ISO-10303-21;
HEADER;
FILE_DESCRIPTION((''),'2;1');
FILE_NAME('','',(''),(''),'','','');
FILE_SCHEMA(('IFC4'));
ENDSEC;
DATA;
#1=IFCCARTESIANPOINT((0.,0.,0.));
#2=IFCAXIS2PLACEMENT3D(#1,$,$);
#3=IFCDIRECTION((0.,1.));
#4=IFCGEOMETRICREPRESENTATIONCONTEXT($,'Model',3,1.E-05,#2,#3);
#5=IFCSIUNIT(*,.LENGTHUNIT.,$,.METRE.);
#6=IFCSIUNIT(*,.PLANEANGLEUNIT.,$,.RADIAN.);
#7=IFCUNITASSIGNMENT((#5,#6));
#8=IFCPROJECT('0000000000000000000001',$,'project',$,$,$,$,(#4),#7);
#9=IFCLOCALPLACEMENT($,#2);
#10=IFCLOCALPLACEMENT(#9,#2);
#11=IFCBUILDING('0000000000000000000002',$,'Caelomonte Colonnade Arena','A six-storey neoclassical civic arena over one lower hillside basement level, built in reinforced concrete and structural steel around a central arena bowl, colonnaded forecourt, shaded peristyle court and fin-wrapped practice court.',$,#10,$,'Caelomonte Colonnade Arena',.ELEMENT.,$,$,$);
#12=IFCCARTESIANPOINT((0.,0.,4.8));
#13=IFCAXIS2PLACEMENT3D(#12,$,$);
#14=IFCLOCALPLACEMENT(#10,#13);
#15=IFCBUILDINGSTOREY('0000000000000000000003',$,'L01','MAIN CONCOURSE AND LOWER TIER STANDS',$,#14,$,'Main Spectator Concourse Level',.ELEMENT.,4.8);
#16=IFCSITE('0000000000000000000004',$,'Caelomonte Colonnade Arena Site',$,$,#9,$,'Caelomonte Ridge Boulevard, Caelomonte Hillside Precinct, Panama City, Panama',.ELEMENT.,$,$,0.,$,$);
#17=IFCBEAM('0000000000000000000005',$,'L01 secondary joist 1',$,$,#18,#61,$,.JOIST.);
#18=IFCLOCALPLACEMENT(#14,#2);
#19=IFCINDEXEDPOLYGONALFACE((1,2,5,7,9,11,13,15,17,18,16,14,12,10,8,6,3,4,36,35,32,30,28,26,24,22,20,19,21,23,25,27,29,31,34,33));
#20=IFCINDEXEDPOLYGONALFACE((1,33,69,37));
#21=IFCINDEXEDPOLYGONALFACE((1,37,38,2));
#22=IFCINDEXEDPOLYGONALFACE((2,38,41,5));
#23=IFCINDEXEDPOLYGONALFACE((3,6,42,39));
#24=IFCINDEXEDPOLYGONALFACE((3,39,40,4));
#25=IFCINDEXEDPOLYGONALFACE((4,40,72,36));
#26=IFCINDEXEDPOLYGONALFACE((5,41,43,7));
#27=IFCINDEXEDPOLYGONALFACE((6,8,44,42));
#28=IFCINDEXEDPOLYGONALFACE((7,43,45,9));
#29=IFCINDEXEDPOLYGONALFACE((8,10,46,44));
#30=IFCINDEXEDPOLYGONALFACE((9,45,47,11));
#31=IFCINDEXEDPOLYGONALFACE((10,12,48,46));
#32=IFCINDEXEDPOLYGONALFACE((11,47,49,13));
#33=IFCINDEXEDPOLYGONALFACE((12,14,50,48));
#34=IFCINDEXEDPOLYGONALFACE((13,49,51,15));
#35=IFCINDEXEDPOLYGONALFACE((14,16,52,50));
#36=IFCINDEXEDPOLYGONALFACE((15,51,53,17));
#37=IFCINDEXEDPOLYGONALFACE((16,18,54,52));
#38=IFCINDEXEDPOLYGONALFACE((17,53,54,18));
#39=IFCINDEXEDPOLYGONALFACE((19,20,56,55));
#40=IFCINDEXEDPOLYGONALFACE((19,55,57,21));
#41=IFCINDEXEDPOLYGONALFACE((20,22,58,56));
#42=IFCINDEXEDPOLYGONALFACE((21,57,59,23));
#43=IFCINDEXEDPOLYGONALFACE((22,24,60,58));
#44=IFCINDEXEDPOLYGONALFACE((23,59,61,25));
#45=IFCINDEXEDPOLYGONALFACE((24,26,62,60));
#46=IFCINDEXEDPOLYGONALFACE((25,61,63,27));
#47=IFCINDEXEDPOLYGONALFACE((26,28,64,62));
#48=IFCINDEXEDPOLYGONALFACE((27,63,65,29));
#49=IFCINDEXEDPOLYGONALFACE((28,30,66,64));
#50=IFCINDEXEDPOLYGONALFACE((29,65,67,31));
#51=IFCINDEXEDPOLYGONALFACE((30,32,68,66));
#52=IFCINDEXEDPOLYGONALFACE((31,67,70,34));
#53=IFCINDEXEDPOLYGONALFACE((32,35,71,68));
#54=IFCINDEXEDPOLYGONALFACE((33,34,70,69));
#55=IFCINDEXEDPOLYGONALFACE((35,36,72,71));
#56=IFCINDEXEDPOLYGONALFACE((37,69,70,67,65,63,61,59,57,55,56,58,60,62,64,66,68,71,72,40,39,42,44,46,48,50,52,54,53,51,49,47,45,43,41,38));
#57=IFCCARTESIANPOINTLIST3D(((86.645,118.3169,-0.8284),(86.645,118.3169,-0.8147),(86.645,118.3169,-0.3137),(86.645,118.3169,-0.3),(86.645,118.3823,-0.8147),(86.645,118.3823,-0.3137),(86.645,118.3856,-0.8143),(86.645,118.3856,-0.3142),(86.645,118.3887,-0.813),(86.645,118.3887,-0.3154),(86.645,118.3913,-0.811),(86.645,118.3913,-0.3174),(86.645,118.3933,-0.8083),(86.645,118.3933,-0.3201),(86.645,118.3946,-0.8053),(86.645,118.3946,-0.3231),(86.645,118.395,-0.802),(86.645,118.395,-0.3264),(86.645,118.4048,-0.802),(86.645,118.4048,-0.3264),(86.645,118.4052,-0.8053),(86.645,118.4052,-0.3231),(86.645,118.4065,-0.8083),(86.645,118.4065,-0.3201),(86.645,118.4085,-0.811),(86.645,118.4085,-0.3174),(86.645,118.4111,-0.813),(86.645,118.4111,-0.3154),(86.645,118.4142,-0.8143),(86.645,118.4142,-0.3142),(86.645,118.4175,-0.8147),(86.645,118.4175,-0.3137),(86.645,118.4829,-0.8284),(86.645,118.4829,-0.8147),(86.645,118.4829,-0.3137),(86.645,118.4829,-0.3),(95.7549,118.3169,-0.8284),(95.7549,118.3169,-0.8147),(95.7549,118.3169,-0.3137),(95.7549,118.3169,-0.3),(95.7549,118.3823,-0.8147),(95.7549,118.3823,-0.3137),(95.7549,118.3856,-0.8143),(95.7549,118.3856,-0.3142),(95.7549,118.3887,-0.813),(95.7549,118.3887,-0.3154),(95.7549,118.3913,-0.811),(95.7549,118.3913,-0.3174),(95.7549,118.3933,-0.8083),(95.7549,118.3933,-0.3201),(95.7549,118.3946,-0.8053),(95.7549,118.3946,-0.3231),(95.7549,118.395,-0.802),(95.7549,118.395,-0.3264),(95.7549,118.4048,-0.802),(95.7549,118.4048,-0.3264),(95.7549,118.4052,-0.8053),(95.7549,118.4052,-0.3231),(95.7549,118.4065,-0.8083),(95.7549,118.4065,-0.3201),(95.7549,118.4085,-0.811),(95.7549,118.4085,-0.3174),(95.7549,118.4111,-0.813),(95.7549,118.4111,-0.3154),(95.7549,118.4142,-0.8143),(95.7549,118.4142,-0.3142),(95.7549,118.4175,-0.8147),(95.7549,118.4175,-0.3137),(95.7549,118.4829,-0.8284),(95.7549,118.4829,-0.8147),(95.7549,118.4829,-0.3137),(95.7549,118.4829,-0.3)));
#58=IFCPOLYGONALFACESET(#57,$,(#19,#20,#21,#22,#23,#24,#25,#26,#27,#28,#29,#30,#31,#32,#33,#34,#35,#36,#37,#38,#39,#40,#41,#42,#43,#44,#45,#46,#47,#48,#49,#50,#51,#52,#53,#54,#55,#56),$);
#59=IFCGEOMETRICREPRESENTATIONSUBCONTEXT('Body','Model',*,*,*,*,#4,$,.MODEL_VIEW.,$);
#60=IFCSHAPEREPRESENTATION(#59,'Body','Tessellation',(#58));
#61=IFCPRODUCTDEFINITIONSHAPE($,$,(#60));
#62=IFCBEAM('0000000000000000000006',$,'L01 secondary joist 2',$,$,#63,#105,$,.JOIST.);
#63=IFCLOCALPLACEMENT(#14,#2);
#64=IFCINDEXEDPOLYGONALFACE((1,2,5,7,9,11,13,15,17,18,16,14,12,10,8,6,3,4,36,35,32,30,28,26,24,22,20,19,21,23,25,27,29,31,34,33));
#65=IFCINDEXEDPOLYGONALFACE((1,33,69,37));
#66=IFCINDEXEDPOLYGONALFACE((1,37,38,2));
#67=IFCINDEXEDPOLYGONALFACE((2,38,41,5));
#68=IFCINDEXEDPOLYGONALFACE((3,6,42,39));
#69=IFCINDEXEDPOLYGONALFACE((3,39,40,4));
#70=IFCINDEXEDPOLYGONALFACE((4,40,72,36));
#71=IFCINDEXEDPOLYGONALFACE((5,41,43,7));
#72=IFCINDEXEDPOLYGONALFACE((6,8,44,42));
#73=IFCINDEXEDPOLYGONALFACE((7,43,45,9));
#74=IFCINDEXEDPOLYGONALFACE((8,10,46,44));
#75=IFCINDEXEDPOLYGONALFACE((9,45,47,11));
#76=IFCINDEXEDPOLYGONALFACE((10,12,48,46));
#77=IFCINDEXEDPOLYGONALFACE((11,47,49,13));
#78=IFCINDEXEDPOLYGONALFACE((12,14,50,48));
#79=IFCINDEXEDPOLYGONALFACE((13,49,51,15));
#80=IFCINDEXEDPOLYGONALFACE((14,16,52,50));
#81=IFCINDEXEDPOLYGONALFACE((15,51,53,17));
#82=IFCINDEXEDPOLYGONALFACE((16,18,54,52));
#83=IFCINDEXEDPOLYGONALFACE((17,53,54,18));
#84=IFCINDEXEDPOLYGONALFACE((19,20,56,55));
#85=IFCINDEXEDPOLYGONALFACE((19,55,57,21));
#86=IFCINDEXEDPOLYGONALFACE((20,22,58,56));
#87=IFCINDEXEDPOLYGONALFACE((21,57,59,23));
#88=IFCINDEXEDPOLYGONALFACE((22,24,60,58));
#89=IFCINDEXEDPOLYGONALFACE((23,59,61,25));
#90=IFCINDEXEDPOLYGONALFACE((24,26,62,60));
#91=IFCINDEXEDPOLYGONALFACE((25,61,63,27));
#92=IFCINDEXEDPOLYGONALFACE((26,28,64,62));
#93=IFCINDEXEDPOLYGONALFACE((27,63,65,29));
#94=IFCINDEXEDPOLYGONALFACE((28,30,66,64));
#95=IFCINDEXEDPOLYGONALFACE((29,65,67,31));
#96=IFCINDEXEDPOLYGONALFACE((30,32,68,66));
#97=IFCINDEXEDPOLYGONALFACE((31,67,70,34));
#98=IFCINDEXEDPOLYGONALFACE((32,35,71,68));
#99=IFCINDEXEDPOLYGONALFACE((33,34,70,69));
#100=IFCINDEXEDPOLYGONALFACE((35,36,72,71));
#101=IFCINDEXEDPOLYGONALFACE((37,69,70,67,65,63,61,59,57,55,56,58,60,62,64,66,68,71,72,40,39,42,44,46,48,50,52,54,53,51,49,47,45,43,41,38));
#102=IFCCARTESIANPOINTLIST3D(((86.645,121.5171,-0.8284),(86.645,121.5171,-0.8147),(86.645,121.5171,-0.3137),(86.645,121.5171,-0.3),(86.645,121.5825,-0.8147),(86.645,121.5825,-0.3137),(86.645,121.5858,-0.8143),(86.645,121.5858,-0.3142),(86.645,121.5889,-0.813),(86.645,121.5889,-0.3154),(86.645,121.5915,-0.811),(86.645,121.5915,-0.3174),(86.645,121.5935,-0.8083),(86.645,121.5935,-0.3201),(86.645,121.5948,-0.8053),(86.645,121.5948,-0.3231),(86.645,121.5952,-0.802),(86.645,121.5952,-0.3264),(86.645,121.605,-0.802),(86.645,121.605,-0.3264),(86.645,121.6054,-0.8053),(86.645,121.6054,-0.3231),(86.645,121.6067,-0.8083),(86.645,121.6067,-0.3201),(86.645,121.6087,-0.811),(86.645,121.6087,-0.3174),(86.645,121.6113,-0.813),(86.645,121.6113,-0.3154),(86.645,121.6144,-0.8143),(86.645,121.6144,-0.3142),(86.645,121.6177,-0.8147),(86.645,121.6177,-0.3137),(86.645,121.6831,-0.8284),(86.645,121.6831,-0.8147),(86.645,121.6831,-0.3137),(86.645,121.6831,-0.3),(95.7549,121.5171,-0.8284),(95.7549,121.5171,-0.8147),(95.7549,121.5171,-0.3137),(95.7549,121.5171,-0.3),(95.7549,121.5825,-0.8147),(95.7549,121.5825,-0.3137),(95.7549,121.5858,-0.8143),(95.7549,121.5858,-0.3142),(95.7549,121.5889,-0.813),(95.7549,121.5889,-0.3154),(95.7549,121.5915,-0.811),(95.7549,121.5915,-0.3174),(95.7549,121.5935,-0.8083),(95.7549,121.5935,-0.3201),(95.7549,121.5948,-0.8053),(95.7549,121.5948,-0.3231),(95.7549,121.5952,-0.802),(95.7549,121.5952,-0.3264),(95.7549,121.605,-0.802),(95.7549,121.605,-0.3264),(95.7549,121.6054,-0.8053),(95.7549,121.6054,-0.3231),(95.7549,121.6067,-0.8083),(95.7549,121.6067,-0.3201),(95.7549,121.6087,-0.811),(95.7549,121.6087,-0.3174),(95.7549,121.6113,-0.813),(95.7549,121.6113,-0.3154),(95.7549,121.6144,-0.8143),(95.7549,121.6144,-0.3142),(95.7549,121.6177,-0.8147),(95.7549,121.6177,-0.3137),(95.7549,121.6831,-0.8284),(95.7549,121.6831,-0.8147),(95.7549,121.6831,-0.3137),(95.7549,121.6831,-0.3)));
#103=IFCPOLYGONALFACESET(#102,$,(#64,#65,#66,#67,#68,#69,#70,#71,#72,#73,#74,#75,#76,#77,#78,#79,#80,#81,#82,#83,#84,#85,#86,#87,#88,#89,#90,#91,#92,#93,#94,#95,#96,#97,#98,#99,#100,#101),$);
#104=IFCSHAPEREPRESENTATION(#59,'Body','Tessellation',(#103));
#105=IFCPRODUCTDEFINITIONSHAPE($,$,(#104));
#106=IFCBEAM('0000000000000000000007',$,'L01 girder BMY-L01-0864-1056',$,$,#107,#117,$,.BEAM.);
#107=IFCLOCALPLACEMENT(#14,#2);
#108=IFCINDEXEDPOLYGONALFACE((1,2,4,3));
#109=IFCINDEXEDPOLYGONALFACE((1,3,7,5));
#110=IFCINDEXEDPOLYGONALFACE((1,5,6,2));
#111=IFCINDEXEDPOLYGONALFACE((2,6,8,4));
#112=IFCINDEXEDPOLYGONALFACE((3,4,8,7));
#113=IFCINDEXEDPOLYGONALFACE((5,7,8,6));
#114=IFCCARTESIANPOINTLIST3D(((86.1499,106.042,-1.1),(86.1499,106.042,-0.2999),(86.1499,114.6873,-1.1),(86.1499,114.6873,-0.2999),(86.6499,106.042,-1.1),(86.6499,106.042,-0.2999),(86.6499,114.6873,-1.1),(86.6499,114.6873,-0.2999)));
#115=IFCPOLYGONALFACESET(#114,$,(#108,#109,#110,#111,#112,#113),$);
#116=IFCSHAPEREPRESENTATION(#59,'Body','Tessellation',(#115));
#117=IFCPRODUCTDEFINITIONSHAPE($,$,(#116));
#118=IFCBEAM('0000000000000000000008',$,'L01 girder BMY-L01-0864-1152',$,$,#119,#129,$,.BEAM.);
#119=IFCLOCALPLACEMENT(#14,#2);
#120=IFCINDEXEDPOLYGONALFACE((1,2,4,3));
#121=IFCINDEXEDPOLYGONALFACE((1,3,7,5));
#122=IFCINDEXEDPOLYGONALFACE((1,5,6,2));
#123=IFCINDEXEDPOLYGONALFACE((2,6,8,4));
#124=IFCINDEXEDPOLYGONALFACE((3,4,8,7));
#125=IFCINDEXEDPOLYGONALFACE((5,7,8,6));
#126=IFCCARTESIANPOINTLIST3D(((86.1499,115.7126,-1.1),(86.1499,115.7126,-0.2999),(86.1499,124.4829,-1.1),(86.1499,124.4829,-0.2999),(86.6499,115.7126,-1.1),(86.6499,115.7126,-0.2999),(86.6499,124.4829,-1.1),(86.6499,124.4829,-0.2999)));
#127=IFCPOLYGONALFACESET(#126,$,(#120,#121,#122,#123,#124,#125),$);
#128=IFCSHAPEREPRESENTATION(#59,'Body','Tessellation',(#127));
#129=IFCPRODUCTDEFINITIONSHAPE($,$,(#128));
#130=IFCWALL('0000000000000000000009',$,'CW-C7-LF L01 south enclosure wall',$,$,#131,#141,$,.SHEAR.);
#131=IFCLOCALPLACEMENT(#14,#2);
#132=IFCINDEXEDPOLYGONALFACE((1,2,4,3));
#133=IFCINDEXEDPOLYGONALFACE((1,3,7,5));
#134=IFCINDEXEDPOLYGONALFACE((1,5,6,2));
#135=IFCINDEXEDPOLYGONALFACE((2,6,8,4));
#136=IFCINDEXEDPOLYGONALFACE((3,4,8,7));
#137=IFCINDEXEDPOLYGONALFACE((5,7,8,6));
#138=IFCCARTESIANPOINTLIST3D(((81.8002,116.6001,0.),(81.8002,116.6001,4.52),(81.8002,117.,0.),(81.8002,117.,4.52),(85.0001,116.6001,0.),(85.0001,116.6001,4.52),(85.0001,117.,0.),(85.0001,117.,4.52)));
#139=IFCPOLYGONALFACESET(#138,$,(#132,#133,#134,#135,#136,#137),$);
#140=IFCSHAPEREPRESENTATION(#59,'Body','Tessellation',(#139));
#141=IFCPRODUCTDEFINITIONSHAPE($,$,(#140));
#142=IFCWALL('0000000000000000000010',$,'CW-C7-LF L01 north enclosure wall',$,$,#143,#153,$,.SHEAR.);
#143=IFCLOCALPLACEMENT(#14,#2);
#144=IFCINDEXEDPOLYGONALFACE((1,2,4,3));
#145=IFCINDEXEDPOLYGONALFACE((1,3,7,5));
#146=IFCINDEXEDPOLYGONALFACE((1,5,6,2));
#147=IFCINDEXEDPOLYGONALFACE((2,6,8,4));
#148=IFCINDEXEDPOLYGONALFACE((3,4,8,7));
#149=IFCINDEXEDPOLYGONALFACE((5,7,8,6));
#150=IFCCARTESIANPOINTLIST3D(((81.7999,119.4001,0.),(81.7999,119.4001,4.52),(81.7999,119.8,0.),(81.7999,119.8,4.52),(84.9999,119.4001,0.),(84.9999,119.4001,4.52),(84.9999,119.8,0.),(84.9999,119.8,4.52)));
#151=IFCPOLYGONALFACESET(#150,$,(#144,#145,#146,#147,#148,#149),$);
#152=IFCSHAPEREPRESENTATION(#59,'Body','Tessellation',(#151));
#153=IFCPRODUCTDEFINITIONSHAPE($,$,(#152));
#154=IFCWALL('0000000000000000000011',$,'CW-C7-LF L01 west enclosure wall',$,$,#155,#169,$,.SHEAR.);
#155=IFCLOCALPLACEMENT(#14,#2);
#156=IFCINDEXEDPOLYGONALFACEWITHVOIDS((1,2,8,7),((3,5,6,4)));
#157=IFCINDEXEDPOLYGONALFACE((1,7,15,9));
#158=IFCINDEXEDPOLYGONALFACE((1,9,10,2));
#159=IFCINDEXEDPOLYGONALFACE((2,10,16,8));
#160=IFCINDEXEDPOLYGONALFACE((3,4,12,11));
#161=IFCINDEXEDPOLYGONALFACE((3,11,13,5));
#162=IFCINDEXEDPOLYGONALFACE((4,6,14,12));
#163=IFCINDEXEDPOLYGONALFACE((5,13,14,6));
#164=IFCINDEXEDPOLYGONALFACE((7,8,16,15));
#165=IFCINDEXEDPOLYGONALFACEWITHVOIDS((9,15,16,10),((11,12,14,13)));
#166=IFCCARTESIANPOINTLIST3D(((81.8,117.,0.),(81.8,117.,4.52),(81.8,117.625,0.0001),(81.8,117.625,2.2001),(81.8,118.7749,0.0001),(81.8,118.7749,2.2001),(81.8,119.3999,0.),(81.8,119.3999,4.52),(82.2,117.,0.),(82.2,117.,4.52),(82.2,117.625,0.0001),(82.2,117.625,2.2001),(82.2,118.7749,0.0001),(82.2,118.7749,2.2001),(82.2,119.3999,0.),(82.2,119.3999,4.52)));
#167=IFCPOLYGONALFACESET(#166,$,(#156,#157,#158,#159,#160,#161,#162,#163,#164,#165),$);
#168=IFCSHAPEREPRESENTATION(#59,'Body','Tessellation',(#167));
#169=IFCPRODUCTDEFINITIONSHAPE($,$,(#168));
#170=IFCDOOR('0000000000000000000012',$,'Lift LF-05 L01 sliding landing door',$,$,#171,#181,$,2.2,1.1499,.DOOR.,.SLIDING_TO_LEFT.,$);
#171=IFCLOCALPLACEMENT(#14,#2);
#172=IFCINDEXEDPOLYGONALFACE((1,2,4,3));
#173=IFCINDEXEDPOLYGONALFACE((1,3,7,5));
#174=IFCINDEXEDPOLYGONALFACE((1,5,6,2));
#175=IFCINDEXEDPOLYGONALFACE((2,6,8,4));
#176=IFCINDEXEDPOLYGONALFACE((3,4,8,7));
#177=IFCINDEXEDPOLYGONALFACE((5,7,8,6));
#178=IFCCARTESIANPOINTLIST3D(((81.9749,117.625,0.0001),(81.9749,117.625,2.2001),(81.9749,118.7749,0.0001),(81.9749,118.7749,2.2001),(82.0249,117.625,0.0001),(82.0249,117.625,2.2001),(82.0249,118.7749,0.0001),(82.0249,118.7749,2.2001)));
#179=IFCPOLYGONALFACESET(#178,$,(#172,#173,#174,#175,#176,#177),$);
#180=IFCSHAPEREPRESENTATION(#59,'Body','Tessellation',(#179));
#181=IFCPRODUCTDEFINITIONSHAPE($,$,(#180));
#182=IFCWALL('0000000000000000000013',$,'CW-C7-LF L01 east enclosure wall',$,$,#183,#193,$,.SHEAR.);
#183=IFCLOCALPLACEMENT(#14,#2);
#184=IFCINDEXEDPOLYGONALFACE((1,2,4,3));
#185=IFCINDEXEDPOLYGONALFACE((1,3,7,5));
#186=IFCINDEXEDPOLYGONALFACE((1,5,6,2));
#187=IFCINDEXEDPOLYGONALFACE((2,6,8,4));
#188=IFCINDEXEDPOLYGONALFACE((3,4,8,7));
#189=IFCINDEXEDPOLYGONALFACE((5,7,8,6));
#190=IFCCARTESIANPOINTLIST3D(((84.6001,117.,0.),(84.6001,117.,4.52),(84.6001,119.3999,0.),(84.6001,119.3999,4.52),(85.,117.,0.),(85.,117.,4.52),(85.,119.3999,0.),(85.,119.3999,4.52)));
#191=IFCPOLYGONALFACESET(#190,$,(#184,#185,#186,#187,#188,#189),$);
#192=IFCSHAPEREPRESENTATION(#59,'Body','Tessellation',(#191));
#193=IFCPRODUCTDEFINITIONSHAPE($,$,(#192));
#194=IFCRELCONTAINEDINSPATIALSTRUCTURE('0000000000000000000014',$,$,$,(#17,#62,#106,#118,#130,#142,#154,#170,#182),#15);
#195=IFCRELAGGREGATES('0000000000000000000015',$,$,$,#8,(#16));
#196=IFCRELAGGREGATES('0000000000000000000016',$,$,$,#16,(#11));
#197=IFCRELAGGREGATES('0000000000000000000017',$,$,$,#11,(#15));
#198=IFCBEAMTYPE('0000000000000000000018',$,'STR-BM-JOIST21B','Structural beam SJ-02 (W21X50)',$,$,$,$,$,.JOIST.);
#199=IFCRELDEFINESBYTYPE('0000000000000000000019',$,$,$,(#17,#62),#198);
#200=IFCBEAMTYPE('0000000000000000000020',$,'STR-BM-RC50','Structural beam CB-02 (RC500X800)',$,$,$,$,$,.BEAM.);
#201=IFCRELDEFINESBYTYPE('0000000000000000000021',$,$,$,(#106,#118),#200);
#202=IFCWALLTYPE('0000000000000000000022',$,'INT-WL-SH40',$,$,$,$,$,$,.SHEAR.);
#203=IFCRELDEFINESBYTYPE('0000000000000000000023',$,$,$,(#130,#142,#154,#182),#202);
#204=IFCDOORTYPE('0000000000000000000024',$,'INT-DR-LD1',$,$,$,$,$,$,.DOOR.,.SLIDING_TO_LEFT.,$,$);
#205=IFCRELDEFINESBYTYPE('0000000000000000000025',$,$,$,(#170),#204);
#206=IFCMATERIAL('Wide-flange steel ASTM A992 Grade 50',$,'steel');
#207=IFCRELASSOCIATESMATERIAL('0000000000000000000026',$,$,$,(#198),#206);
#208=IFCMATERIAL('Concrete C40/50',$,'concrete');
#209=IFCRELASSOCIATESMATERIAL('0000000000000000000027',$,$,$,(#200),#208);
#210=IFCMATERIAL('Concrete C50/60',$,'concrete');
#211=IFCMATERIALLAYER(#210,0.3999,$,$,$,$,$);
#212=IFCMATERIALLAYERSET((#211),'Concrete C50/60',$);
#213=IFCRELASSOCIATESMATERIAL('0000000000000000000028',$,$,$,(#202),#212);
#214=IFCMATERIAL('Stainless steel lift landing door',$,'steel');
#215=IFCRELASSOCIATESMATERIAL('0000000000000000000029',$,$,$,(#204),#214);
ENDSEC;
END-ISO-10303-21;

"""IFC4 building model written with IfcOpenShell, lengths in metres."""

from ifc_helpers import new_model, si_unit, direction, frame, frame_2d, origin, origin_2d, place, context, subcontext, project, spatial, rectangle, i_section, extrude, material, layer, layer_set, material_profile, profile_set, type_object, element, fill, save


model = new_model("IFC4")

# Units and contexts
model_context = context("Model", 3, precision=1e-05, world=origin(), true_north=direction((0.0, 1.0)))
body_context = subcontext(model_context, "Body", "Model", "MODEL_VIEW")
ifc_project = project(units=[si_unit("LENGTHUNIT", "METRE"), si_unit("PLANEANGLEUNIT", "RADIAN")], contexts=[model_context])

# Site, building, storey
site_placement = place(None, origin())
site = spatial("IfcSite", under=ifc_project, at=site_placement, Name="Caelomonte Colonnade Arena Site", LongName="Caelomonte Ridge Boulevard, Caelomonte Hillside Precinct, Panama City, Panama", CompositionType="ELEMENT", RefElevation=0.0)
building_placement = place(site_placement, origin())
building = spatial("IfcBuilding", under=site, at=building_placement, Name="Caelomonte Colonnade Arena", Description="A six-storey neoclassical civic arena over one lower hillside basement level, built in reinforced concrete and structural steel around a central arena bowl, colonnaded forecourt, shaded peristyle court and fin-wrapped practice court.", LongName="Caelomonte Colonnade Arena", CompositionType="ELEMENT")
storey_placement = place(building_placement, frame((0.0, 0.0, 4.8)))
storey = spatial("IfcBuildingStorey", under=building, at=storey_placement, Name="L01", Description="MAIN CONCOURSE AND LOWER TIER STANDS", LongName="Main Spectator Concourse Level", CompositionType="ELEMENT", Elevation=4.8)

# Shared definitions
ifc_material_1 = material(Name="Concrete C50/60", Category="concrete")
ifc_material_2 = material(Name="Wide-flange steel ASTM A992 Grade 50", Category="steel")

# Beams
ifc_material_profile_1 = material_profile(ifc_material_2, i_section(OverallWidth=0.166, OverallDepth=0.5283, WebThickness=0.0098, FlangeThickness=0.0137, FilletRadius=0.0127, at=origin_2d()), Name="W21X50")
ifc_profile_set_1 = profile_set([ifc_material_profile_1], Name="Wide-flange steel ASTM A992 Grade 50")
beam_type_1 = type_object("IfcBeamType", Name="STR-BM-JOIST21B", Description="Structural beam SJ-02 (W21X50)", PredefinedType="JOIST", material=ifc_profile_set_1)
for number, where, z_axis, x_axis, name in (
    (1, (86.645, 118.3999, -0.5642), (1.0, 0.0, 0.0), (0.0, 1.0, 0.0), "L01 secondary joist 1"),
    (2, (86.645, 121.6001, -0.5642), (1.0, 0.0, 0.0), (0.0, 1.0, 0.0), "L01 secondary joist 2"),
):
    element("IfcBeam", number, at=place(storey_placement, frame(where, z_axis=z_axis, x_axis=x_axis)), inside=storey, type_object=beam_type_1, Name=name, PredefinedType="JOIST", context=body_context, shape_type="SweptSolid", body=[
        extrude(i_section(OverallWidth=0.166, OverallDepth=0.5283, WebThickness=0.0098, FlangeThickness=0.0137, FilletRadius=0.0127, at=origin_2d()), origin(), (0.0, 0.0, 1.0), 9.1099),
    ])
ifc_material_3 = material(Name="Concrete C40/50", Category="concrete")
ifc_material_profile_2 = material_profile(ifc_material_3, rectangle(XDim=0.5, YDim=0.8, at=origin_2d()), Name="RC500X800")
ifc_profile_set_2 = profile_set([ifc_material_profile_2], Name="Concrete C40/50")
beam_type_2 = type_object("IfcBeamType", Name="STR-BM-RC50", Description="Structural beam CB-02 (RC500X800)", PredefinedType="BEAM", material=ifc_profile_set_2)
beam_1_placement = place(storey_placement, frame((86.3999, 106.042, -0.7), z_axis=(0.0, 1.0, 0.0), x_axis=(-1.0, 0.0, 0.0)))
element("IfcBeam", 3, at=beam_1_placement, inside=storey, type_object=beam_type_2, Name="L01 girder BMY-L01-0864-1056", PredefinedType="BEAM", context=body_context, shape_type="SweptSolid", body=[
    extrude(rectangle(XDim=0.5, YDim=0.8, at=origin_2d()), origin(), (0.0, 0.0, 1.0), 8.6453),
])
beam_2_placement = place(storey_placement, frame((86.3999, 115.7126, -0.7), z_axis=(0.0, 1.0, 0.0), x_axis=(-1.0, 0.0, 0.0)))
element("IfcBeam", 4, at=beam_2_placement, inside=storey, type_object=beam_type_2, Name="L01 girder BMY-L01-0864-1152", PredefinedType="BEAM", context=body_context, shape_type="SweptSolid", body=[
    extrude(rectangle(XDim=0.5, YDim=0.8, at=origin_2d()), origin(), (0.0, 0.0, 1.0), 8.7703),
])

# Walls
ifc_layer = layer(ifc_material_1, 0.3999)
ifc_layer_set = layer_set([ifc_layer], Name="Concrete C50/60")
wall_type = type_object("IfcWallType", Name="INT-WL-SH40", PredefinedType="SHEAR", material=ifc_layer_set)
for number, where, z_axis, x_axis, name in (
    (5, (81.8, 116.8, 0.0), (0.0, 0.0, 1.0), (1.0, 0.0, 0.0), "CW-C7-LF L01 south enclosure wall"),
    (6, (85.0, 119.6001, 0.0), (0.0, 0.0, 1.0), (-1.0, 0.0, 0.0), "CW-C7-LF L01 north enclosure wall"),
):
    element("IfcWall", number, at=place(storey_placement, frame(where, z_axis=z_axis, x_axis=x_axis)), inside=storey, type_object=wall_type, Name=name, PredefinedType="SHEAR", context=body_context, shape_type="SweptSolid", body=[
        extrude(rectangle(XDim=3.2, YDim=0.3999, at=frame_2d((1.6001, 0.0))), origin(), (0.0, 0.0, 1.0), 4.52),
    ])

# Wall, opening, door
wall_1_placement = place(storey_placement, frame((82.0, 119.3999, 0.0), z_axis=(0.0, 0.0, 1.0), x_axis=(0.0, -1.0, 0.0)))
wall_1 = element("IfcWall", 7, at=wall_1_placement, inside=storey, type_object=wall_type, Name="CW-C7-LF L01 west enclosure wall", PredefinedType="SHEAR", context=body_context, shape_type="SweptSolid", body=[
    extrude(rectangle(XDim=2.3999, YDim=0.3999, at=frame_2d((1.2, 0.0))), origin(), (0.0, 0.0, 1.0), 4.52),
])
opening_1_placement = place(wall_1_placement, frame((0.625, 0.0, 0.0), z_axis=(0.0, 0.0, 1.0), x_axis=(1.0, 0.0, 0.0)))
opening_1 = element("IfcOpeningElement", 8, at=opening_1_placement, cuts=wall_1, PredefinedType="OPENING", context=body_context, shape_type="SweptSolid", body=[
    extrude(rectangle(XDim=1.1499, YDim=2.2, at=frame_2d((0.575, 1.1001))), frame((0.0, 0.21, 0.0), z_axis=(0.0, -1.0, 0.0), x_axis=(1.0, 0.0, 0.0)), (0.0, 0.0, 1.0), 0.4199),
])
ifc_material_4 = material(Name="Stainless steel lift landing door", Category="steel")
door_type_1 = type_object("IfcDoorType", Name="INT-DR-LD1", OperationType="SLIDING_TO_LEFT", PredefinedType="DOOR", material=ifc_material_4)
door_1_placement = place(opening_1_placement, origin())
door_1 = element("IfcDoor", 9, at=door_1_placement, inside=storey, type_object=door_type_1, Name="Lift LF-05 L01 sliding landing door", OperationType="SLIDING_TO_LEFT", OverallHeight=2.2, OverallWidth=1.1499, PredefinedType="DOOR", context=body_context, shape_type="SweptSolid", body=[
    extrude(rectangle(XDim=1.1499, YDim=2.2, at=frame_2d((0.575, 1.1001))), frame((0.0, 0.0249, 0.0), z_axis=(0.0, -1.0, 0.0), x_axis=(1.0, 0.0, 0.0)), (0.0, 0.0, 1.0), 0.05),
])
fill(opening_1, door_1)

# Wall
wall_2_placement = place(storey_placement, frame((84.8, 117.0, 0.0), z_axis=(0.0, 0.0, 1.0), x_axis=(0.0, 1.0, 0.0)))
element("IfcWall", 10, at=wall_2_placement, inside=storey, type_object=wall_type, Name="CW-C7-LF L01 east enclosure wall", PredefinedType="SHEAR", context=body_context, shape_type="SweptSolid", body=[
    extrude(rectangle(XDim=2.3999, YDim=0.3999, at=frame_2d((1.2, 0.0))), origin(), (0.0, 0.0, 1.0), 4.52),
])

save(model, "model.ifc")
